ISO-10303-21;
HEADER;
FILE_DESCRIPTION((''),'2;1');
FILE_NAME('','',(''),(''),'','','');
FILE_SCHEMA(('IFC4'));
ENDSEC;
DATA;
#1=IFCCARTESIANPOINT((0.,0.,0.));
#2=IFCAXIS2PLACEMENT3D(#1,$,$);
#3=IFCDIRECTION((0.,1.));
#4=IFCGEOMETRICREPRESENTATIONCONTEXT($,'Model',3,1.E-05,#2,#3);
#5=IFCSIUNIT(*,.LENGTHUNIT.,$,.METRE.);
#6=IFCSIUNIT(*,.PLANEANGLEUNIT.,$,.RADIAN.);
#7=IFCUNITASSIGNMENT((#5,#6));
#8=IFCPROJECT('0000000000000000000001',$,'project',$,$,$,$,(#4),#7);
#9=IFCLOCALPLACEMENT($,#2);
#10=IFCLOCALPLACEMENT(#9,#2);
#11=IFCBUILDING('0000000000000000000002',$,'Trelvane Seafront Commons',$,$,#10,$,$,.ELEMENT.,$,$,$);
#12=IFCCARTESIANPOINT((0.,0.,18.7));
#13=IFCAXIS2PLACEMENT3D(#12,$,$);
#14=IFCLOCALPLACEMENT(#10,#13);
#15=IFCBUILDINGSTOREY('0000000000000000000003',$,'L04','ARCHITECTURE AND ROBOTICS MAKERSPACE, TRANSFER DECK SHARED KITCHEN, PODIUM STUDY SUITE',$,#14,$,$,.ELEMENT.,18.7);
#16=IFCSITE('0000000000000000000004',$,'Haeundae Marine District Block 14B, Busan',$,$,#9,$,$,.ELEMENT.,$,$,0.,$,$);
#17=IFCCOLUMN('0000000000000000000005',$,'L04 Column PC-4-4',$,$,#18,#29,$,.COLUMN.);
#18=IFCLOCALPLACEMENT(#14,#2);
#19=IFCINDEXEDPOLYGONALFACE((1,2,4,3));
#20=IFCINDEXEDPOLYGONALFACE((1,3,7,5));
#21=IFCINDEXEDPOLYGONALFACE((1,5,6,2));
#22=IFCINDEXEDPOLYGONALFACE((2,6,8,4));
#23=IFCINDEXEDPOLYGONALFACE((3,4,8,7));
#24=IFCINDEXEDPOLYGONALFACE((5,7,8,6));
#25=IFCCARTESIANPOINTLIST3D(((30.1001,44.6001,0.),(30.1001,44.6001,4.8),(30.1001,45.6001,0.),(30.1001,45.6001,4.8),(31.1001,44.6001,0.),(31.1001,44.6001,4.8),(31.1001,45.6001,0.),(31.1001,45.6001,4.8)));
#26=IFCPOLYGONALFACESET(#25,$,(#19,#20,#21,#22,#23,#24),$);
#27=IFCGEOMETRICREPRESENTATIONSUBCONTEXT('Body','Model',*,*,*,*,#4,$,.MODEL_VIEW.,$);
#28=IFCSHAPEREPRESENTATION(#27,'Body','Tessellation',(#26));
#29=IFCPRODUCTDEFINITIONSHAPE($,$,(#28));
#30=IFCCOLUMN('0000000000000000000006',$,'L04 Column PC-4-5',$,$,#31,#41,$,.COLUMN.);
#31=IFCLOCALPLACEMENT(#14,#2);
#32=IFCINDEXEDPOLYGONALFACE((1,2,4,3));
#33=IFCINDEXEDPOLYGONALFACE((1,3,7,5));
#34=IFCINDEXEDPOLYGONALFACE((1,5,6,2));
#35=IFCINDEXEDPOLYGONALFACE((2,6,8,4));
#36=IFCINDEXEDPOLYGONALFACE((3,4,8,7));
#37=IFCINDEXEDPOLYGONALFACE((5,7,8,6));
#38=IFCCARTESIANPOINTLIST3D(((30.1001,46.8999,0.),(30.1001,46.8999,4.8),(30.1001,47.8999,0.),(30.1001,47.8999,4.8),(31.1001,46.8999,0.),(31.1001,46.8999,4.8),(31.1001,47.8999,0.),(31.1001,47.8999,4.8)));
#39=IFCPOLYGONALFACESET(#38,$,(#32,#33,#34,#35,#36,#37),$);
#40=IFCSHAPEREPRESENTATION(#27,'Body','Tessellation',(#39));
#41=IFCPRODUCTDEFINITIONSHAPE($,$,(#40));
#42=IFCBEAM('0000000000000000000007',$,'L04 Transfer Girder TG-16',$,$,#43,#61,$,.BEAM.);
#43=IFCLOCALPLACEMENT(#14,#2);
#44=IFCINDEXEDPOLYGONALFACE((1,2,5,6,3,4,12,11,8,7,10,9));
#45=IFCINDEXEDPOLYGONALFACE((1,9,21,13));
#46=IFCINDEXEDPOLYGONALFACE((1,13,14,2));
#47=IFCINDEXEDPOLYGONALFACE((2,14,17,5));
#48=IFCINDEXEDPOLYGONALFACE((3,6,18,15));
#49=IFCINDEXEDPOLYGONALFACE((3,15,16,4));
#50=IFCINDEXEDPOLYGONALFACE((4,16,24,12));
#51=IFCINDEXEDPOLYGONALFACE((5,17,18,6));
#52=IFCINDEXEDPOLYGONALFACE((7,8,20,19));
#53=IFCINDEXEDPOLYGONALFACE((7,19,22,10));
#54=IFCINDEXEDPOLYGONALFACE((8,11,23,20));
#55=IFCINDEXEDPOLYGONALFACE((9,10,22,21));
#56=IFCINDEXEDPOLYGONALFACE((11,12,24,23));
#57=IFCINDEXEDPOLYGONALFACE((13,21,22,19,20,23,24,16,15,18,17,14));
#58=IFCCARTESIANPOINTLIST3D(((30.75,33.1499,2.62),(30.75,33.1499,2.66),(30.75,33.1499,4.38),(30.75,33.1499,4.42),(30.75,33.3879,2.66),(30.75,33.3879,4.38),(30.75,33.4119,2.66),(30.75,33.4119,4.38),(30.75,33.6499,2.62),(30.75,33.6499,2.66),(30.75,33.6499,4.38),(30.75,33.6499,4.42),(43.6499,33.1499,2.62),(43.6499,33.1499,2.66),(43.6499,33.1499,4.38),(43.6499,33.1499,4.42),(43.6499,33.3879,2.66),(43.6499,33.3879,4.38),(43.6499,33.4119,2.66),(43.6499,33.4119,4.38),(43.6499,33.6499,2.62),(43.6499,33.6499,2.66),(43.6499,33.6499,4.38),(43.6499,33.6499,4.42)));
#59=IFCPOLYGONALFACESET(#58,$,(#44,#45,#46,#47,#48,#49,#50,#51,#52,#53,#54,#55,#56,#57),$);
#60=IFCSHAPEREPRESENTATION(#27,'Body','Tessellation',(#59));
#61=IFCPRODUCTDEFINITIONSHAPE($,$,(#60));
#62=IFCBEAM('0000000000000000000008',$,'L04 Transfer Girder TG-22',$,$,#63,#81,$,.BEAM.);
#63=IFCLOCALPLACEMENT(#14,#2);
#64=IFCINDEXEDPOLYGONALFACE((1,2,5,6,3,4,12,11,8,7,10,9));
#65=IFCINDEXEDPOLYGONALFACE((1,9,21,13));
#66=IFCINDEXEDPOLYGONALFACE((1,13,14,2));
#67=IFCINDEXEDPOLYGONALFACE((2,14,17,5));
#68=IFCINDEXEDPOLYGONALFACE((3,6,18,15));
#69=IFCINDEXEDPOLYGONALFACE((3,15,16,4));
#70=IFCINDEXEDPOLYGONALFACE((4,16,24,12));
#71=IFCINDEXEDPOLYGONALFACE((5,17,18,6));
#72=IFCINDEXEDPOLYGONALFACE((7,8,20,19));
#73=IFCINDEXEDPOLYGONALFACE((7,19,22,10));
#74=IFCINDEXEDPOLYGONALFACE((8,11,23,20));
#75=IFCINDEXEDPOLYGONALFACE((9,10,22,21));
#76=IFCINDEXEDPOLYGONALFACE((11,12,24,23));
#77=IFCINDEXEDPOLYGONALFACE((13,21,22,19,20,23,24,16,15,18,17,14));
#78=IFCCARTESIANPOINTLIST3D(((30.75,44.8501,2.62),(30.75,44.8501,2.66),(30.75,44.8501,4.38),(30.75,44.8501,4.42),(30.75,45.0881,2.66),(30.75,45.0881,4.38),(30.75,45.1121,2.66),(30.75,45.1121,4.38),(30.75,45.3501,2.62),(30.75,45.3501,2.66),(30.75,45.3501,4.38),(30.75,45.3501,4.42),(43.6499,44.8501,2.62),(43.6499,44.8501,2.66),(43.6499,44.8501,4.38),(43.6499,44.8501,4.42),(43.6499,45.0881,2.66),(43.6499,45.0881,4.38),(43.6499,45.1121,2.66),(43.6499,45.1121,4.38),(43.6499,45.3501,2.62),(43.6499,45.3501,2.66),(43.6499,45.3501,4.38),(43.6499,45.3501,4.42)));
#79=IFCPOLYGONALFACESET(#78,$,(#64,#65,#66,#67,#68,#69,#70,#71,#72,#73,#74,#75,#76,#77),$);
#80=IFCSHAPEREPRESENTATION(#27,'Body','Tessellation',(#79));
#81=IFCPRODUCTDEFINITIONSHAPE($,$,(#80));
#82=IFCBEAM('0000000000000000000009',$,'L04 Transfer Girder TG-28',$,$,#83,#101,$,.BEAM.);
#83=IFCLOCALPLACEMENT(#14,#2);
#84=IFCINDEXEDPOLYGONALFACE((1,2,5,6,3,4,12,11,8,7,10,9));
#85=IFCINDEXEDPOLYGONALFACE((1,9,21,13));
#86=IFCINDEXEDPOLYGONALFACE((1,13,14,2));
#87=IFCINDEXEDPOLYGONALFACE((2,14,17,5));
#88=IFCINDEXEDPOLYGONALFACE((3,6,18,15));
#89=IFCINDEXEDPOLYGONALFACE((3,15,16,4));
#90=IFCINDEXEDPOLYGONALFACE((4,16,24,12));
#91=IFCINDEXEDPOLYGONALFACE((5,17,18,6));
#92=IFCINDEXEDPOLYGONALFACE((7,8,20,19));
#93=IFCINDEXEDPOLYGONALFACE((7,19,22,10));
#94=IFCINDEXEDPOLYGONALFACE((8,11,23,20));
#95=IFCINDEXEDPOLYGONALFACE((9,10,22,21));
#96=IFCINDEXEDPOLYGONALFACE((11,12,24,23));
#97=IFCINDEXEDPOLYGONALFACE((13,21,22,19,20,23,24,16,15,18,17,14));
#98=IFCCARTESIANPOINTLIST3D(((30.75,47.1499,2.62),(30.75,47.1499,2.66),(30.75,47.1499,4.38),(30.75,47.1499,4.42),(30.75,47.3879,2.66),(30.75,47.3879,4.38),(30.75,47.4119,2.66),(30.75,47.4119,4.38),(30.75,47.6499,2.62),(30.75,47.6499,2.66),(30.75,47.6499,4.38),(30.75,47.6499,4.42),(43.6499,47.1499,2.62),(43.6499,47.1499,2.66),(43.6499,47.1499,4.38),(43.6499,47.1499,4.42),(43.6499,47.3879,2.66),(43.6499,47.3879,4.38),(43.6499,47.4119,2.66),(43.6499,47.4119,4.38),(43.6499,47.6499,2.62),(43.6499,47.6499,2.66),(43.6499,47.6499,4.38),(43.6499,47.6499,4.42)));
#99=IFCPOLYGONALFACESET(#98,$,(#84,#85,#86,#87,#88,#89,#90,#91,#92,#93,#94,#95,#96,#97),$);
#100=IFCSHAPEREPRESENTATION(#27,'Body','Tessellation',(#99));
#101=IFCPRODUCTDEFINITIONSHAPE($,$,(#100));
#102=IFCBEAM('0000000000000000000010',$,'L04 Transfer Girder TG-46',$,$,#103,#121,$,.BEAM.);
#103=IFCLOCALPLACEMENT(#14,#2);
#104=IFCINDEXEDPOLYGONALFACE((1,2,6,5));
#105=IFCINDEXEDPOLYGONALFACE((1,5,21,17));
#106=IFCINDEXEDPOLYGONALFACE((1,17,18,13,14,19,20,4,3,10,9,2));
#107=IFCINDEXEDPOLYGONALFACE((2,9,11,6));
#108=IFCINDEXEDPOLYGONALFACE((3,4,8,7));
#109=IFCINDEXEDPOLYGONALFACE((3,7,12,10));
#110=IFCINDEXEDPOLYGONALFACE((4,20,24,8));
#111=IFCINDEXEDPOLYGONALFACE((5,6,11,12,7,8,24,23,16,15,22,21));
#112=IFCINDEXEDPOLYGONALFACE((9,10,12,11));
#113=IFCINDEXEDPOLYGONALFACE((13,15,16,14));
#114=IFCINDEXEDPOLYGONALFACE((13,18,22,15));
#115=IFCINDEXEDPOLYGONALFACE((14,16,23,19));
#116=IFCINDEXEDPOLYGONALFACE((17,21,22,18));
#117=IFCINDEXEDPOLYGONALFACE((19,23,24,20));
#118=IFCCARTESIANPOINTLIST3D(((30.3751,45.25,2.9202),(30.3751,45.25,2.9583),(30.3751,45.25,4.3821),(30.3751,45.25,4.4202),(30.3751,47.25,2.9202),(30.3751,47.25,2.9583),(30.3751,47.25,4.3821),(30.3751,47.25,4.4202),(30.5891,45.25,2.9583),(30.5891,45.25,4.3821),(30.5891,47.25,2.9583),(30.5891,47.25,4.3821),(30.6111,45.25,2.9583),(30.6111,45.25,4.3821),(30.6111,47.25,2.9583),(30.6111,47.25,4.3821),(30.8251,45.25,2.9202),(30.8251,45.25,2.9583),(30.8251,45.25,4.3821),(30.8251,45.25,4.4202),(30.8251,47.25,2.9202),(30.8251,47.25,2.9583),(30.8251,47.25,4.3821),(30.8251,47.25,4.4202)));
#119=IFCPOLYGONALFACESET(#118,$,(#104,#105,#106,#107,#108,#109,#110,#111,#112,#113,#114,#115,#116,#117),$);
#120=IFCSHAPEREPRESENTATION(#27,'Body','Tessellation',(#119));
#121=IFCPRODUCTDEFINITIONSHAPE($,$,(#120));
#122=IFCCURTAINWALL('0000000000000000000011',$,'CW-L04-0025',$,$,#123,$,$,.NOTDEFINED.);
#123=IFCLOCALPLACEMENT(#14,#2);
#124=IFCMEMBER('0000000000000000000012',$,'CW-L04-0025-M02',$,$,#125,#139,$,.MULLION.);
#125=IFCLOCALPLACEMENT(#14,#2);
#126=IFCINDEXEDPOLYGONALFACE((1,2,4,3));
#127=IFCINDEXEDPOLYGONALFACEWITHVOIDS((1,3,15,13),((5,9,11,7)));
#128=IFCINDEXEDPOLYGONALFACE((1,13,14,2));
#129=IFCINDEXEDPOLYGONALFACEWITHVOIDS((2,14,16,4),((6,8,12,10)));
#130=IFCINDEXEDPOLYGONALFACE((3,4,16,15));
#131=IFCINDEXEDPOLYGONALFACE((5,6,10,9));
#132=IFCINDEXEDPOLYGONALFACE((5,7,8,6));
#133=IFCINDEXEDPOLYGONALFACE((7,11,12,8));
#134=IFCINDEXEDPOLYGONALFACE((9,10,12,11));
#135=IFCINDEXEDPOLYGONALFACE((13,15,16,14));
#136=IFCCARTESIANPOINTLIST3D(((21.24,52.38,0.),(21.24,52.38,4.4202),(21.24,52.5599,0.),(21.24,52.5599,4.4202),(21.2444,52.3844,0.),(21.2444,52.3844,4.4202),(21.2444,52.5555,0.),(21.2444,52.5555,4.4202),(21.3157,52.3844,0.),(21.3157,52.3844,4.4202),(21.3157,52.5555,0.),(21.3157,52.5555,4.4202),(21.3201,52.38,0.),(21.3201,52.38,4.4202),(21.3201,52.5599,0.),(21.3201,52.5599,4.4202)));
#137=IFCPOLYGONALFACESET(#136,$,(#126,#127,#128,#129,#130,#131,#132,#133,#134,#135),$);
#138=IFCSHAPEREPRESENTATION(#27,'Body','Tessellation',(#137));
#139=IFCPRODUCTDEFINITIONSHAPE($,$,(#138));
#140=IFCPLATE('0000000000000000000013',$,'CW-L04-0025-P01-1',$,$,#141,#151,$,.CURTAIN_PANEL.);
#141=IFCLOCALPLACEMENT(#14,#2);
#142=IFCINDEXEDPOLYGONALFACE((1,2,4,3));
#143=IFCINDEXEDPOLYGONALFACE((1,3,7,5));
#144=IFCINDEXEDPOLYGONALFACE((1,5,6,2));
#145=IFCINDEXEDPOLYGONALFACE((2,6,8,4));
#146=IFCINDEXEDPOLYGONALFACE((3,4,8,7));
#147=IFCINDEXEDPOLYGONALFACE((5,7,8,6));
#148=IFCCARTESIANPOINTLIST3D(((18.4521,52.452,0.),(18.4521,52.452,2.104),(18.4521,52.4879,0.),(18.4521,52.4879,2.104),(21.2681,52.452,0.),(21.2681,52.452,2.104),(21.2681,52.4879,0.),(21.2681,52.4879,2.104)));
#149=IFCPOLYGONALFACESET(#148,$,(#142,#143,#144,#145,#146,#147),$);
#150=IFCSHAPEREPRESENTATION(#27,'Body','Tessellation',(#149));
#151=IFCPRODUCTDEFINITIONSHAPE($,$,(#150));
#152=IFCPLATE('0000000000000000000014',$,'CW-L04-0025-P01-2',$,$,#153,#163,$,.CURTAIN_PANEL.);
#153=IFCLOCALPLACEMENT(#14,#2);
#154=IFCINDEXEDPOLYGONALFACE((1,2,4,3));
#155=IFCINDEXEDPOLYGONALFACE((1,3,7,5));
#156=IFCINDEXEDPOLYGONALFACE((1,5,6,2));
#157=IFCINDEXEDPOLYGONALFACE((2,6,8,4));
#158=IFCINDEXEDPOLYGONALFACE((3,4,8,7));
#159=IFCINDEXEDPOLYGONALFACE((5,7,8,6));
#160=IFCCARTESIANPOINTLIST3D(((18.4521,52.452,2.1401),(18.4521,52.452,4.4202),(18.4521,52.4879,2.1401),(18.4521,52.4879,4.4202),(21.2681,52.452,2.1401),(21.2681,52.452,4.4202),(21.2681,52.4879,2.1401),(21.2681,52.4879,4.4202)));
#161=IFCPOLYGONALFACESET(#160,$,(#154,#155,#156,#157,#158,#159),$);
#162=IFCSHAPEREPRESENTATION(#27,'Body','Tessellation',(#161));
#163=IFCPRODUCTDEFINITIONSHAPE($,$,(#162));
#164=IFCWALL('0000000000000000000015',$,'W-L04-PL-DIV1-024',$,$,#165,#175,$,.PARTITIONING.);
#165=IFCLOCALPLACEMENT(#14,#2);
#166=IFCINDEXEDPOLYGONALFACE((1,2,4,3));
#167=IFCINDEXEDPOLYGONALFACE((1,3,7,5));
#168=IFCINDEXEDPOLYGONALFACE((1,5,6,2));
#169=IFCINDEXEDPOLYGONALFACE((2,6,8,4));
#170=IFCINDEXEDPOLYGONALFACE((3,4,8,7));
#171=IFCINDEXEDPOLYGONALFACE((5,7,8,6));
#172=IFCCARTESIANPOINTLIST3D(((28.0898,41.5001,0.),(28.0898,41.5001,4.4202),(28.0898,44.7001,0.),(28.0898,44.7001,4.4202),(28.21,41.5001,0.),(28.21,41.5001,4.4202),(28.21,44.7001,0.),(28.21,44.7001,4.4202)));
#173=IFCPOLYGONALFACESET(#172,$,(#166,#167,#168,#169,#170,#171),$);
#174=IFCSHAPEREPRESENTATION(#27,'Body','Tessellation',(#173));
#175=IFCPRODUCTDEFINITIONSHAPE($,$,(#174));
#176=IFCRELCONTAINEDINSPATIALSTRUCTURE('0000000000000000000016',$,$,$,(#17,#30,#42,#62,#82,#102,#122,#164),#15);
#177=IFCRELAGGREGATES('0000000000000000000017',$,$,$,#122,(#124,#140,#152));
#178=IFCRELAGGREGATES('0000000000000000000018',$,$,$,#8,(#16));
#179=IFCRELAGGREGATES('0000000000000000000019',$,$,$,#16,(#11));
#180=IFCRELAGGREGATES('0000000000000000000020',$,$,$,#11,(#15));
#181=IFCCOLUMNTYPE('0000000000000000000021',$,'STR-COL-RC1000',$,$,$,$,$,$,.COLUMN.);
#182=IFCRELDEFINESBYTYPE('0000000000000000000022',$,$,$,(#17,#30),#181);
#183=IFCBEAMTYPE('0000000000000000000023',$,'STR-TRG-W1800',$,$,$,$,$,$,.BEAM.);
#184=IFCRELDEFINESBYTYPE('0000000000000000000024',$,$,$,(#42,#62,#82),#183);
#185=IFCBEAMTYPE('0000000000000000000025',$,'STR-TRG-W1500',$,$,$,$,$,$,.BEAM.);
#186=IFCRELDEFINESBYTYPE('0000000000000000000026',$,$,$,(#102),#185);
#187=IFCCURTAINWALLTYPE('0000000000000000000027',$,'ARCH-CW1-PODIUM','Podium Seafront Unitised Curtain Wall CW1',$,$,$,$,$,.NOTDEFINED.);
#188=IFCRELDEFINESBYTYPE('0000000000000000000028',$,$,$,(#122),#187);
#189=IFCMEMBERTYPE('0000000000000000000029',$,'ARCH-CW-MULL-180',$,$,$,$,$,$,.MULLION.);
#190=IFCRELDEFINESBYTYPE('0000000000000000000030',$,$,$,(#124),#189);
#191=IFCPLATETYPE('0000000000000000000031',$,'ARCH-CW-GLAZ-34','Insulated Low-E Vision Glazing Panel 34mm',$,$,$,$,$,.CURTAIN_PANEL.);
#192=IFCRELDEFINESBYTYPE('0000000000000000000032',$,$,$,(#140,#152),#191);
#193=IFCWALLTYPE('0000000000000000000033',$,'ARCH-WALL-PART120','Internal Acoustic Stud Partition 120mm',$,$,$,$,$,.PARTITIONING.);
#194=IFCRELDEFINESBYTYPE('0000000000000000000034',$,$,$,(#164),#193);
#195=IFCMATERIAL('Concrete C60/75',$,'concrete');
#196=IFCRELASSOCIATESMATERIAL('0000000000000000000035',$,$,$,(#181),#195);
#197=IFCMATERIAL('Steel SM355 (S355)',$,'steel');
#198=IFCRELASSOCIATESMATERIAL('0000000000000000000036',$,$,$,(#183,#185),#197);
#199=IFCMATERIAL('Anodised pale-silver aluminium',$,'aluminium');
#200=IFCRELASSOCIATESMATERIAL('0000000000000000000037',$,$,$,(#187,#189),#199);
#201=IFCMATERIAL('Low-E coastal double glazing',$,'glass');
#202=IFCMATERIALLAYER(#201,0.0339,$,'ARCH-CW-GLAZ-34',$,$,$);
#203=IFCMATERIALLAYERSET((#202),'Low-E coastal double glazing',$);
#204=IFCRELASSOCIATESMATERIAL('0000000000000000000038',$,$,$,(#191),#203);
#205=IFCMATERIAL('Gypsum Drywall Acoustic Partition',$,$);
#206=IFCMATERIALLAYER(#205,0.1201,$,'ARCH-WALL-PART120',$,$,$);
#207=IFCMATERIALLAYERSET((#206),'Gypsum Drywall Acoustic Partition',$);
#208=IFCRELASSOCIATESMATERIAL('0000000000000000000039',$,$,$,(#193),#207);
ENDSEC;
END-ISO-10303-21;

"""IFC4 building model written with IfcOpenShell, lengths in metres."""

from ifc_helpers import new_model, si_unit, direction, frame, frame_2d, origin, origin_2d, place, context, subcontext, project, spatial, rectangle, hollow_rectangle, i_section, extrude, source, transform, mapped, material, layer, layer_set, material_profile, profile_set, type_object, element, aggregate, save


model = new_model("IFC4")

# Units and contexts
model_context = context("Model", 3, precision=1e-05, world=origin(), true_north=direction((0.0, 1.0)))
body_context = subcontext(model_context, "Body", "Model", "MODEL_VIEW")
ifc_project = project(units=[si_unit("LENGTHUNIT", "METRE"), si_unit("PLANEANGLEUNIT", "RADIAN")], contexts=[model_context])

# Site, building, storey
site_placement = place(None, origin())
site = spatial("IfcSite", under=ifc_project, at=site_placement, Name="Haeundae Marine District Block 14B, Busan", CompositionType="ELEMENT", RefElevation=0.0)
building_placement = place(site_placement, origin())
building = spatial("IfcBuilding", under=site, at=building_placement, Name="Trelvane Seafront Commons", CompositionType="ELEMENT")
storey_placement = place(building_placement, frame((0.0, 0.0, 18.7)))
storey = spatial("IfcBuildingStorey", under=building, at=storey_placement, Name="L04", Description="ARCHITECTURE AND ROBOTICS MAKERSPACE, TRANSFER DECK SHARED KITCHEN, PODIUM STUDY SUITE", CompositionType="ELEMENT", Elevation=18.7)

# Columns
ifc_material_1 = material(Name="Concrete C60/75", Category="concrete")
ifc_material_profile_1 = material_profile(ifc_material_1, rectangle(XDim=1.0, YDim=1.0, at=origin_2d()), Name="RC-1000x1000")
ifc_profile_set_1 = profile_set([ifc_material_profile_1], Name="Concrete C60/75")
column_type = type_object("IfcColumnType", Name="STR-COL-RC1000", PredefinedType="COLUMN", material=ifc_profile_set_1)
shared_shape_1 = source(origin(), body_context, "Body", "SweptSolid", [
    extrude(rectangle(XDim=1.0, YDim=1.0, at=origin_2d()), origin(), (0.0, 0.0, 1.0), 4.8),
])
for number, where, z_axis, x_axis, name in (
    (1, (30.6001, 45.1001, 0.0), (0.0, 0.0, 1.0), (1.0, 0.0, 0.0), "L04 Column PC-4-4"),
    (2, (30.6001, 47.3999, 0.0), (0.0, 0.0, 1.0), (1.0, 0.0, 0.0), "L04 Column PC-4-5"),
):
    element("IfcColumn", number, at=place(storey_placement, frame(where, z_axis=z_axis, x_axis=x_axis)), inside=storey, type_object=column_type, Name=name, PredefinedType="COLUMN", context=body_context, shape_type="MappedRepresentation", body=[
        mapped(shared_shape_1, transform((0.0, 0.0, 0.0), x_axis=(1.0, 0.0, 0.0), y_axis=(0.0, 1.0, 0.0), z_axis=(0.0, 0.0, 1.0), scale=1.0)),
    ])

# Beams
ifc_material_2 = material(Name="Steel SM355 (S355)", Category="steel")
ifc_material_profile_2 = material_profile(ifc_material_2, i_section(OverallWidth=0.5, OverallDepth=1.8, WebThickness=0.0239, FlangeThickness=0.04, at=origin_2d()), Name="W-1800x500x24x40")
ifc_profile_set_2 = profile_set([ifc_material_profile_2], Name="Steel SM355 (S355)")
beam_type_1 = type_object("IfcBeamType", Name="STR-TRG-W1800", PredefinedType="BEAM", material=ifc_profile_set_2)
shared_shape_2 = source(origin(), body_context, "Body", "SweptSolid", [
    extrude(i_section(OverallWidth=0.5, OverallDepth=1.8, WebThickness=0.0239, FlangeThickness=0.04, at=origin_2d()), origin(), (0.0, 0.0, 1.0), 12.8999),
])
for number, where, z_axis, x_axis, name in (
    (3, (30.75, 33.3999, 3.52), (1.0, 0.0, 0.0), (0.0, 1.0, 0.0), "L04 Transfer Girder TG-16"),
    (4, (30.75, 45.1001, 3.52), (1.0, 0.0, 0.0), (0.0, 1.0, 0.0), "L04 Transfer Girder TG-22"),
    (5, (30.75, 47.3999, 3.52), (1.0, 0.0, 0.0), (0.0, 1.0, 0.0), "L04 Transfer Girder TG-28"),
):
    element("IfcBeam", number, at=place(storey_placement, frame(where, z_axis=z_axis, x_axis=x_axis)), inside=storey, type_object=beam_type_1, Name=name, PredefinedType="BEAM", context=body_context, shape_type="MappedRepresentation", body=[
        mapped(shared_shape_2, transform((0.0, 0.0, 0.0), x_axis=(1.0, 0.0, 0.0), y_axis=(0.0, 1.0, 0.0), z_axis=(0.0, 0.0, 1.0), scale=1.0)),
    ])
ifc_material_profile_3 = material_profile(ifc_material_2, i_section(OverallWidth=0.45, OverallDepth=1.5, WebThickness=0.022, FlangeThickness=0.0381, at=origin_2d()), Name="W-1500x450x22x38")
ifc_profile_set_3 = profile_set([ifc_material_profile_3], Name="Steel SM355 (S355)")
beam_type_2 = type_object("IfcBeamType", Name="STR-TRG-W1500", PredefinedType="BEAM", material=ifc_profile_set_3)
shared_shape_3 = source(origin(), body_context, "Body", "SweptSolid", [
    extrude(i_section(OverallWidth=0.45, OverallDepth=1.5, WebThickness=0.022, FlangeThickness=0.0381, at=origin_2d()), origin(), (0.0, 0.0, 1.0), 2.0),
])
beam_placement = place(storey_placement, frame((30.6001, 45.25, 3.6702), z_axis=(0.0, 1.0, 0.0), x_axis=(-1.0, 0.0, 0.0)))
element("IfcBeam", 6, at=beam_placement, inside=storey, type_object=beam_type_2, Name="L04 Transfer Girder TG-46", PredefinedType="BEAM", context=body_context, shape_type="MappedRepresentation", body=[
    mapped(shared_shape_3, transform((0.0, 0.0, 0.0), x_axis=(1.0, 0.0, 0.0), y_axis=(0.0, 1.0, 0.0), z_axis=(0.0, 0.0, 1.0), scale=1.0)),
])

# Curtain wall, member, plates
ifc_material_3 = material(Name="Anodised pale-silver aluminium", Category="aluminium")
curtain_wall_type = type_object("IfcCurtainWallType", Name="ARCH-CW1-PODIUM", Description="Podium Seafront Unitised Curtain Wall CW1", PredefinedType="NOTDEFINED", material=ifc_material_3)
curtain_wall_placement = place(storey_placement, origin())
curtain_wall = element("IfcCurtainWall", 7, at=curtain_wall_placement, inside=storey, type_object=curtain_wall_type, Name="CW-L04-0025", PredefinedType="NOTDEFINED")
ifc_material_profile_4 = material_profile(ifc_material_3, hollow_rectangle(XDim=0.0801, YDim=0.1799, WallThickness=0.0044, at=origin_2d()), Name="MULL-80x180x4.5")
ifc_profile_set_4 = profile_set([ifc_material_profile_4], Name="Anodised pale-silver aluminium")
member_type = type_object("IfcMemberType", Name="ARCH-CW-MULL-180", PredefinedType="MULLION", material=ifc_profile_set_4)
shared_shape_4 = source(origin(), body_context, "Body", "SweptSolid", [
    extrude(hollow_rectangle(XDim=0.0801, YDim=0.1799, WallThickness=0.0044, at=origin_2d()), origin(), (0.0, 0.0, 1.0), 4.4202),
])
member_placement = place(storey_placement, frame((21.28, 52.47, 0.0), z_axis=(0.0, 0.0, 1.0), x_axis=(1.0, 0.0, 0.0)))
member = element("IfcMember", 8, at=member_placement, type_object=member_type, Name="CW-L04-0025-M02", PredefinedType="MULLION", context=body_context, shape_type="MappedRepresentation", body=[
    mapped(shared_shape_4, transform((0.0, 0.0, 0.0), x_axis=(1.0, 0.0, 0.0), y_axis=(0.0, 1.0, 0.0), z_axis=(0.0, 0.0, 1.0), scale=1.0)),
])
ifc_material_4 = material(Name="Low-E coastal double glazing", Category="glass")
ifc_layer_1 = layer(ifc_material_4, 0.0339, Name="ARCH-CW-GLAZ-34")
ifc_layer_set_1 = layer_set([ifc_layer_1], Name="Low-E coastal double glazing")
plate_type = type_object("IfcPlateType", Name="ARCH-CW-GLAZ-34", Description="Insulated Low-E Vision Glazing Panel 34mm", PredefinedType="CURTAIN_PANEL", material=ifc_layer_set_1)
shared_shape_5 = source(origin(), body_context, "Body", "SweptSolid", [
    extrude(rectangle(XDim=2.8159, YDim=0.0359, at=origin_2d()), origin(), (0.0, 0.0, 1.0), 2.104),
])
plate_1_placement = place(storey_placement, frame((19.8601, 52.47, 0.0), z_axis=(0.0, 0.0, 1.0), x_axis=(1.0, 0.0, 0.0)))
plate_1 = element("IfcPlate", 9, at=plate_1_placement, type_object=plate_type, Name="CW-L04-0025-P01-1", PredefinedType="CURTAIN_PANEL", context=body_context, shape_type="MappedRepresentation", body=[
    mapped(shared_shape_5, transform((0.0, 0.0, 0.0), x_axis=(1.0, 0.0, 0.0), y_axis=(0.0, 1.0, 0.0), z_axis=(0.0, 0.0, 1.0), scale=1.0)),
])
shared_shape_6 = source(origin(), body_context, "Body", "SweptSolid", [
    extrude(rectangle(XDim=2.8159, YDim=0.0359, at=origin_2d()), origin(), (0.0, 0.0, 1.0), 2.28),
])
plate_2_placement = place(storey_placement, frame((19.8601, 52.47, 2.1401), z_axis=(0.0, 0.0, 1.0), x_axis=(1.0, 0.0, 0.0)))
plate_2 = element("IfcPlate", 10, at=plate_2_placement, type_object=plate_type, Name="CW-L04-0025-P01-2", PredefinedType="CURTAIN_PANEL", context=body_context, shape_type="MappedRepresentation", body=[
    mapped(shared_shape_6, transform((0.0, 0.0, 0.0), x_axis=(1.0, 0.0, 0.0), y_axis=(0.0, 1.0, 0.0), z_axis=(0.0, 0.0, 1.0), scale=1.0)),
])
aggregate(curtain_wall, [member, plate_1, plate_2])

# Wall
ifc_material_5 = material(Name="Gypsum Drywall Acoustic Partition")
ifc_layer_2 = layer(ifc_material_5, 0.1201, Name="ARCH-WALL-PART120")
ifc_layer_set_2 = layer_set([ifc_layer_2], Name="Gypsum Drywall Acoustic Partition")
wall_type_1 = type_object("IfcWallType", Name="ARCH-WALL-PART120", Description="Internal Acoustic Stud Partition 120mm", PredefinedType="PARTITIONING", material=ifc_layer_set_2)
for number, where, z_axis, x_axis, name in (
    (11, (28.1499, 41.5, 0.0), (0.0, 0.0, 1.0), (0.0, 1.0, 0.0), "W-L04-PL-DIV1-024"),
):
    element("IfcWall", number, at=place(storey_placement, frame(where, z_axis=z_axis, x_axis=x_axis)), inside=storey, type_object=wall_type_1, Name=name, PredefinedType="PARTITIONING", context=body_context, shape_type="SweptSolid", body=[
        extrude(rectangle(XDim=3.2, YDim=0.1201, at=frame_2d((1.6001, 0.0))), origin(), (0.0, 0.0, 1.0), 4.4202),
    ])

save(model, "model.ifc")
